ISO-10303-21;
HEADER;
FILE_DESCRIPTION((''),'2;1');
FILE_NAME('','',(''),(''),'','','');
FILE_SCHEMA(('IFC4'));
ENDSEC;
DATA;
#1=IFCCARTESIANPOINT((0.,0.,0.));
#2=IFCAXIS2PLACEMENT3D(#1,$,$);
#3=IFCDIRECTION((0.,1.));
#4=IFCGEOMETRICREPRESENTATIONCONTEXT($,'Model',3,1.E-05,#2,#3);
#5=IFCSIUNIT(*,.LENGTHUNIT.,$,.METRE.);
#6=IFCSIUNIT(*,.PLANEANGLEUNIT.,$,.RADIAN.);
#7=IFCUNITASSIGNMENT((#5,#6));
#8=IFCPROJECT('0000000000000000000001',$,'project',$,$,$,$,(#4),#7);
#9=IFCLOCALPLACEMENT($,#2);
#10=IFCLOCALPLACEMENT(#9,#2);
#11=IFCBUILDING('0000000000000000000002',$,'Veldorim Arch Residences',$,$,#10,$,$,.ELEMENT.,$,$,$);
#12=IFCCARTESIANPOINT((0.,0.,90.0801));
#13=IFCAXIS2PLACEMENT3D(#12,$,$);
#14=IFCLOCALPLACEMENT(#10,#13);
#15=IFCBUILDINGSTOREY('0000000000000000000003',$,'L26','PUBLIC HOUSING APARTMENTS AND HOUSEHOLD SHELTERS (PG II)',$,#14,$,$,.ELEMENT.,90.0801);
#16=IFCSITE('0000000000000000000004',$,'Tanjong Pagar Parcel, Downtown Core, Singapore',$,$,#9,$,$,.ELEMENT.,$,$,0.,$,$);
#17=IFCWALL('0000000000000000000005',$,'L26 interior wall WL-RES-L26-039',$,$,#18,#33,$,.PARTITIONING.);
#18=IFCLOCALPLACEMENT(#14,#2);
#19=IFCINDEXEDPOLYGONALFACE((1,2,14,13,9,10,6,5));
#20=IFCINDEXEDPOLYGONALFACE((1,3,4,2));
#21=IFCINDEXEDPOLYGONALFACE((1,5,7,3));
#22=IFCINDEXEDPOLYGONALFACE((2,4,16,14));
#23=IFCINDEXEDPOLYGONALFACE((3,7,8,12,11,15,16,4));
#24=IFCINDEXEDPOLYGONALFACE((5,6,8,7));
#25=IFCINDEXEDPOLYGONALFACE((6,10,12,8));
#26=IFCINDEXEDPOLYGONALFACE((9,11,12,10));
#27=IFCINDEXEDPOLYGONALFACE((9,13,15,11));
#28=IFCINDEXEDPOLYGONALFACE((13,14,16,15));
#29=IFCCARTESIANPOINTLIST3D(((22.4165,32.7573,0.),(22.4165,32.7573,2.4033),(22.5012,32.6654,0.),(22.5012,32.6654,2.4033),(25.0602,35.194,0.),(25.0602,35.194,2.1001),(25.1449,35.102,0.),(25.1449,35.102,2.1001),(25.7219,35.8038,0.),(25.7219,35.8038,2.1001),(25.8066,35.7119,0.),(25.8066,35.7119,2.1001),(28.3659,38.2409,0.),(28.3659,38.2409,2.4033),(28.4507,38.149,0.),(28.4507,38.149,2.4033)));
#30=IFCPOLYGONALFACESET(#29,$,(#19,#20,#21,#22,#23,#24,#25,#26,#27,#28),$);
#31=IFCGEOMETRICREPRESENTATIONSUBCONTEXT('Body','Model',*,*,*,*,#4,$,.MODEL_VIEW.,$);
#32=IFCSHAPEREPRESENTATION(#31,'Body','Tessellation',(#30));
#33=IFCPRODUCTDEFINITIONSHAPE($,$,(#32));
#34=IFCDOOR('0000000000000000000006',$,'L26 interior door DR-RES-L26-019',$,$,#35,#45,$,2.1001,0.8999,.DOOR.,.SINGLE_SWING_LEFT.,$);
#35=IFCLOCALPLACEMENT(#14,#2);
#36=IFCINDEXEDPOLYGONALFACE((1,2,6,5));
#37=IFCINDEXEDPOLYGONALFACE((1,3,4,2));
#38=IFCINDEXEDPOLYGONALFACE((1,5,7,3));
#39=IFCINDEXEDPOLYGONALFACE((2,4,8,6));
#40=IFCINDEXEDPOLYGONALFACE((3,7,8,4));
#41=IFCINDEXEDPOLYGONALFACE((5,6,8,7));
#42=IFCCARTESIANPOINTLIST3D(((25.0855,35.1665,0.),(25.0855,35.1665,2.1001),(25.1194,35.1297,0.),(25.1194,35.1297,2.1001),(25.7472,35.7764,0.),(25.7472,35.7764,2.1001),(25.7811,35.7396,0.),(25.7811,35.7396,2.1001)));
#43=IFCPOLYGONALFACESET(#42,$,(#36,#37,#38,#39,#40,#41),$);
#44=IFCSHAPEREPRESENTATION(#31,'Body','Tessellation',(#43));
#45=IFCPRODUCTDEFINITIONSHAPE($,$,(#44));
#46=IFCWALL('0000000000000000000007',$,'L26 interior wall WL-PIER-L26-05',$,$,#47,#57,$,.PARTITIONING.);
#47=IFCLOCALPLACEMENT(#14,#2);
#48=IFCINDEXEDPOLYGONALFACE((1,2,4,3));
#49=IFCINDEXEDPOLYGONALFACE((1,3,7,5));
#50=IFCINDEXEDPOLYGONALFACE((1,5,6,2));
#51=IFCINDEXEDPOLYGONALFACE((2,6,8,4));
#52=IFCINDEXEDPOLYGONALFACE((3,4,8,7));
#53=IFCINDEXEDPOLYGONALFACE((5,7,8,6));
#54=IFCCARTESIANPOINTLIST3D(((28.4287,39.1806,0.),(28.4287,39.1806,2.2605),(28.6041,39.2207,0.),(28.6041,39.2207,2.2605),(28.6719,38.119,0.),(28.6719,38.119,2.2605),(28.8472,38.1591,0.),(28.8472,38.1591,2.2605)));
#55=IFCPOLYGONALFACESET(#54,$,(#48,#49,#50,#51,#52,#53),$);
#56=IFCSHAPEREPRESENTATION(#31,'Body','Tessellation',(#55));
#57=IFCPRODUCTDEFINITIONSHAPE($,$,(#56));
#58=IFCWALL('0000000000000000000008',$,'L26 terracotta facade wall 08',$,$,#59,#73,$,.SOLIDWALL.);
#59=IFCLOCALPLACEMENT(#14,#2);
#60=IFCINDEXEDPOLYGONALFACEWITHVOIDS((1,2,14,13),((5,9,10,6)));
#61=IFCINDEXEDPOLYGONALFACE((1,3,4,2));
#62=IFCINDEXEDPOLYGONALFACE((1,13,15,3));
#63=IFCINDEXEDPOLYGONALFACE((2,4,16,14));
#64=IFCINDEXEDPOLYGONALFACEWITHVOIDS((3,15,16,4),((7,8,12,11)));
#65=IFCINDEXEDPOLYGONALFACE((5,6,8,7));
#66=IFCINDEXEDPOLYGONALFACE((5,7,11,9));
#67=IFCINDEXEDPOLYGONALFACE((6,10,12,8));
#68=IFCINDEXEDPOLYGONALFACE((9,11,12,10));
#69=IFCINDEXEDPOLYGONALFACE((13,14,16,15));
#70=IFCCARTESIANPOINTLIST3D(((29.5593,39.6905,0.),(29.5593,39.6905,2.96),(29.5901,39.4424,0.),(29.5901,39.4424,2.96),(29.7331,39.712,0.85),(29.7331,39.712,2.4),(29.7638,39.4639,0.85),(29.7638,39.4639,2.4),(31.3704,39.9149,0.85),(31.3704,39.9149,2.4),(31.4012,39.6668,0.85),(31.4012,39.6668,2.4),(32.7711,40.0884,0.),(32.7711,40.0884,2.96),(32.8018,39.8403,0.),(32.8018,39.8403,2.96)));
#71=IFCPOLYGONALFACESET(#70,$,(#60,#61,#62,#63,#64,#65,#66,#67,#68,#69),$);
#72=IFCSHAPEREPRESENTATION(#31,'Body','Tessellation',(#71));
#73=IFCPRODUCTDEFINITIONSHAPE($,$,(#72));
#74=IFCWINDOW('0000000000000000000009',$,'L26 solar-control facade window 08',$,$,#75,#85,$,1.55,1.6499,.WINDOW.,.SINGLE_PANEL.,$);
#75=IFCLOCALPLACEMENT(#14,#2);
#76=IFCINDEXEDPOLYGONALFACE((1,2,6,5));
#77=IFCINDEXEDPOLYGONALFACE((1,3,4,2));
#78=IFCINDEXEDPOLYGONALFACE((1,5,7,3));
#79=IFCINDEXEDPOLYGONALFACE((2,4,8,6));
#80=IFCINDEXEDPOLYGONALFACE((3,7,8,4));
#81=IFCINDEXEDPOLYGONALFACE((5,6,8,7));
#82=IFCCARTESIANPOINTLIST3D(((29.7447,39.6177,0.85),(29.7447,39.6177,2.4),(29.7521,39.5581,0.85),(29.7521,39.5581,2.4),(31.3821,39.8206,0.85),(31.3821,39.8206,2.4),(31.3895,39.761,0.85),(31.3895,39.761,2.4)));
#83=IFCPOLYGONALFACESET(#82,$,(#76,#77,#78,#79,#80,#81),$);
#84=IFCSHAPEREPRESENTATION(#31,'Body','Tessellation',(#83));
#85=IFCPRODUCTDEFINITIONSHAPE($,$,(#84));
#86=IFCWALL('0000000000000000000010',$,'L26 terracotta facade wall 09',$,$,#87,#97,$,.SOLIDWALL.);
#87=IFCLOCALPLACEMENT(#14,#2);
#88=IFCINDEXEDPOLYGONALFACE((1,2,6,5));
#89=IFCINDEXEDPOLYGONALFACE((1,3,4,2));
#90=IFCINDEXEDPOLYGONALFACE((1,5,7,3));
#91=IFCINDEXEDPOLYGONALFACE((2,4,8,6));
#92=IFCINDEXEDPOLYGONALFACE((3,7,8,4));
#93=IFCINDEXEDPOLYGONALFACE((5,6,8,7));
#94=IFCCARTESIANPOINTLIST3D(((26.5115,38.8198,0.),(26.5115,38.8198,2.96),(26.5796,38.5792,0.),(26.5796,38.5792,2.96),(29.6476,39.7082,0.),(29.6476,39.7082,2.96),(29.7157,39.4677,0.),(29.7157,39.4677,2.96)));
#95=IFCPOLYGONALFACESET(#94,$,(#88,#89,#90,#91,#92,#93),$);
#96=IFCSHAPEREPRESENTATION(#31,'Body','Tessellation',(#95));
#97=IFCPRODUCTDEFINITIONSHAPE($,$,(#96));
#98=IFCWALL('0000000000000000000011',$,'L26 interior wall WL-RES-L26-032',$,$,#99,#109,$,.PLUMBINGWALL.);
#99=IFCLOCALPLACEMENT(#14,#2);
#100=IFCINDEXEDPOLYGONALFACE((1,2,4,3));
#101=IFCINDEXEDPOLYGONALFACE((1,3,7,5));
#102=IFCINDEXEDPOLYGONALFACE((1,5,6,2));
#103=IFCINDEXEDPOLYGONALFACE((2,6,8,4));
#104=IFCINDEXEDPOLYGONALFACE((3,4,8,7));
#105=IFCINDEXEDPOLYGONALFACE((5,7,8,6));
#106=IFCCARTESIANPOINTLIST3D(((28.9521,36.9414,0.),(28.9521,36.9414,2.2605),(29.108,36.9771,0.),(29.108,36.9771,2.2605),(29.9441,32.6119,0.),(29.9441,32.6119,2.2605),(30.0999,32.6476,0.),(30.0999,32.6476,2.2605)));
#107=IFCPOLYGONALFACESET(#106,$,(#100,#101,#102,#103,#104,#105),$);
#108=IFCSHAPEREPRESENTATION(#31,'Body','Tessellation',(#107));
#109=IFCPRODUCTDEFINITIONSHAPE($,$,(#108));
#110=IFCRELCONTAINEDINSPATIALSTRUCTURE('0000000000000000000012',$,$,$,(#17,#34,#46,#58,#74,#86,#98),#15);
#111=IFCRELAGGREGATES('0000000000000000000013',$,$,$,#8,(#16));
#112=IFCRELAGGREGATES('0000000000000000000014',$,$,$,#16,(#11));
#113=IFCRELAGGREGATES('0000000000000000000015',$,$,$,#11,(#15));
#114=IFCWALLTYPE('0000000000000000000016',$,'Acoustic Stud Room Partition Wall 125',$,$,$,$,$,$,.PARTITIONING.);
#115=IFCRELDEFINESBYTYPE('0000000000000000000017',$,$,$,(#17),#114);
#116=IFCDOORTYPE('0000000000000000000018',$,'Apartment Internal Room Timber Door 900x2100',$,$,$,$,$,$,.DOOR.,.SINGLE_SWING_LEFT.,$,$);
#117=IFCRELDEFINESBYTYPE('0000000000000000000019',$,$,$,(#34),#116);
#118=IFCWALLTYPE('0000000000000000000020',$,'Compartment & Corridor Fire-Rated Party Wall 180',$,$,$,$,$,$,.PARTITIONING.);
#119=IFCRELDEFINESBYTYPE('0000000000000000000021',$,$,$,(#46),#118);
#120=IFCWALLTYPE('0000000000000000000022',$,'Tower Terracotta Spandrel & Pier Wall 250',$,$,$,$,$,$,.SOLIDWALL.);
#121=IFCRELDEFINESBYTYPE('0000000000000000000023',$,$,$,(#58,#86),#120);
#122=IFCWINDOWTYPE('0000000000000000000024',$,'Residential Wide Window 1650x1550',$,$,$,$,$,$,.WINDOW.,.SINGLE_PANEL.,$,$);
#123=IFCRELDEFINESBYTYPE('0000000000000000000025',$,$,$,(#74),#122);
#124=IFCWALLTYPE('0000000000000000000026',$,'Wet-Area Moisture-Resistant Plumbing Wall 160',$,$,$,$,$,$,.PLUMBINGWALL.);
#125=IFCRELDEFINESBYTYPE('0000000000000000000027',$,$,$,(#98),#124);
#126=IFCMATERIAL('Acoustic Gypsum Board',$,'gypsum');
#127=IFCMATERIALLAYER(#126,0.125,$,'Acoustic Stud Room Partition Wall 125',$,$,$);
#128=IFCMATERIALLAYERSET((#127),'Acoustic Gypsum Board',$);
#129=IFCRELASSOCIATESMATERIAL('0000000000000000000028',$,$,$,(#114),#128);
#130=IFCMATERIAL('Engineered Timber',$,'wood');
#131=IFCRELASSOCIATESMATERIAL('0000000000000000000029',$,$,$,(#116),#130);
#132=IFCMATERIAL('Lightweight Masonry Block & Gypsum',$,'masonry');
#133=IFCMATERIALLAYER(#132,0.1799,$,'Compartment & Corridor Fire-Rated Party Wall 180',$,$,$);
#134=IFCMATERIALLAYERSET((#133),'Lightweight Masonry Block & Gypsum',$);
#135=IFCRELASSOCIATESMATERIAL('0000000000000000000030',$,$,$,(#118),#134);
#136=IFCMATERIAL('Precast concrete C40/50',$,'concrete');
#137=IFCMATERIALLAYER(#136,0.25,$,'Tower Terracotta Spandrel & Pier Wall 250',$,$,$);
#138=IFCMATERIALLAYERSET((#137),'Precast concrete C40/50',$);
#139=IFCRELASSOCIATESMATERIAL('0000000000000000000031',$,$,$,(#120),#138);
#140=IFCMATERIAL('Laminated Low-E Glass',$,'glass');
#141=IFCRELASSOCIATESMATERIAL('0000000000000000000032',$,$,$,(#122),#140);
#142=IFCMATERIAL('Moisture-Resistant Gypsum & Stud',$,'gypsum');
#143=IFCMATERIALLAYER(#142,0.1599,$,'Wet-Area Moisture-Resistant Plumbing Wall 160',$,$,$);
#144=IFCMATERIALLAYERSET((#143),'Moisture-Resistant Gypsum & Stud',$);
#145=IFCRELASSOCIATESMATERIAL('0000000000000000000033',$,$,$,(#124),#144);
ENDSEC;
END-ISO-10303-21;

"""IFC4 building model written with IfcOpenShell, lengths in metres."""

from ifc_helpers import new_model, si_unit, direction, frame, frame_2d, origin, place, context, subcontext, project, spatial, rectangle, extrude, material, layer, layer_set, type_object, element, fill, save


model = new_model("IFC4")

# Units and contexts
model_context = context("Model", 3, precision=1e-05, world=origin(), true_north=direction((0.0, 1.0)))
body_context = subcontext(model_context, "Body", "Model", "MODEL_VIEW")
ifc_project = project(units=[si_unit("LENGTHUNIT", "METRE"), si_unit("PLANEANGLEUNIT", "RADIAN")], contexts=[model_context])

# Site, building, storey
site_placement = place(None, origin())
site = spatial("IfcSite", under=ifc_project, at=site_placement, Name="Tanjong Pagar Parcel, Downtown Core, Singapore", CompositionType="ELEMENT", RefElevation=0.0)
building_placement = place(site_placement, origin())
building = spatial("IfcBuilding", under=site, at=building_placement, Name="Veldorim Arch Residences", CompositionType="ELEMENT")
storey_placement = place(building_placement, frame((0.0, 0.0, 90.0801)))
storey = spatial("IfcBuildingStorey", under=building, at=storey_placement, Name="L26", Description="PUBLIC HOUSING APARTMENTS AND HOUSEHOLD SHELTERS (PG II)", CompositionType="ELEMENT", Elevation=90.0801)

# Wall, opening, door
ifc_material_1 = material(Name="Acoustic Gypsum Board", Category="gypsum")
ifc_layer_1 = layer(ifc_material_1, 0.125, Name="Acoustic Stud Room Partition Wall 125")
ifc_layer_set_1 = layer_set([ifc_layer_1], Name="Acoustic Gypsum Board")
wall_type_1 = type_object("IfcWallType", Name="Acoustic Stud Room Partition Wall 125", PredefinedType="PARTITIONING", material=ifc_layer_set_1)
wall_1_placement = place(storey_placement, frame((28.4082, 38.1948, 0.0), z_axis=(0.0, 0.0, 1.0), x_axis=(-0.735306, -0.677735, 0.0)))
wall_1 = element("IfcWall", 1, at=wall_1_placement, inside=storey, type_object=wall_type_1, Name="L26 interior wall WL-RES-L26-039", PredefinedType="PARTITIONING", context=body_context, shape_type="SweptSolid", body=[
    extrude(rectangle(XDim=8.0911, YDim=0.125, at=frame_2d((4.0454, 0.0))), origin(), (0.0, 0.0, 1.0), 2.4033),
])
opening_1_placement = place(wall_1_placement, frame((3.5957, 0.0, 0.0)))
opening_1 = element("IfcOpeningElement", 2, at=opening_1_placement, cuts=wall_1, PredefinedType="OPENING", context=body_context, shape_type="SweptSolid", body=[
    extrude(rectangle(XDim=0.8999, YDim=2.1001, at=frame_2d((0.45, 1.05))), frame((0.0, 0.0725, 0.0), z_axis=(0.0, -1.0, 0.0), x_axis=(1.0, 0.0, 0.0)), (0.0, 0.0, 1.0), 0.145),
])
ifc_material_2 = material(Name="Engineered Timber", Category="wood")
door_type = type_object("IfcDoorType", Name="Apartment Internal Room Timber Door 900x2100", OperationType="SINGLE_SWING_LEFT", PredefinedType="DOOR", material=ifc_material_2)
door_placement = place(opening_1_placement, origin())
door = element("IfcDoor", 3, at=door_placement, inside=storey, type_object=door_type, Name="L26 interior door DR-RES-L26-019", OperationType="SINGLE_SWING_LEFT", OverallHeight=2.1001, OverallWidth=0.8999, PredefinedType="DOOR", context=body_context, shape_type="SweptSolid", body=[
    extrude(rectangle(XDim=0.8999, YDim=2.1001, at=frame_2d((0.45, 1.05))), frame((0.0, 0.0249, 0.0), z_axis=(0.0, -1.0, 0.0), x_axis=(1.0, 0.0, 0.0)), (0.0, 0.0, 1.0), 0.05),
])
fill(opening_1, door)

# Wall
ifc_material_3 = material(Name="Lightweight Masonry Block & Gypsum", Category="masonry")
ifc_layer_2 = layer(ifc_material_3, 0.1799, Name="Compartment & Corridor Fire-Rated Party Wall 180")
ifc_layer_set_2 = layer_set([ifc_layer_2], Name="Lightweight Masonry Block & Gypsum")
wall_type_2 = type_object("IfcWallType", Name="Compartment & Corridor Fire-Rated Party Wall 180", PredefinedType="PARTITIONING", material=ifc_layer_set_2)
wall_2_placement = place(storey_placement, frame((28.7595, 38.1392, 0.0), z_axis=(0.0, 0.0, 1.0), x_axis=(-0.223287, 0.974753, 0.0)))
element("IfcWall", 4, at=wall_2_placement, inside=storey, type_object=wall_type_2, Name="L26 interior wall WL-PIER-L26-05", PredefinedType="PARTITIONING", context=body_context, shape_type="SweptSolid", body=[
    extrude(rectangle(XDim=1.0891, YDim=0.1799, at=frame_2d((0.5444, 0.0))), origin(), (0.0, 0.0, 1.0), 2.2605),
])

# Wall, opening, window
ifc_material_4 = material(Name="Precast concrete C40/50", Category="concrete")
ifc_layer_3 = layer(ifc_material_4, 0.25, Name="Tower Terracotta Spandrel & Pier Wall 250")
ifc_layer_set_3 = layer_set([ifc_layer_3], Name="Precast concrete C40/50")
wall_type_3 = type_object("IfcWallType", Name="Tower Terracotta Spandrel & Pier Wall 250", PredefinedType="SOLIDWALL", material=ifc_layer_set_3)
wall_3_placement = place(storey_placement, frame((29.5747, 39.5664, 0.0), z_axis=(0.0, 0.0, 1.0), x_axis=(0.992411, 0.122967, 0.0)))
wall_3 = element("IfcWall", 5, at=wall_3_placement, inside=storey, type_object=wall_type_3, Name="L26 terracotta facade wall 08", PredefinedType="SOLIDWALL", context=body_context, shape_type="SweptSolid", body=[
    extrude(rectangle(XDim=3.2363, YDim=0.25, at=frame_2d((1.6182, 0.0))), origin(), (0.0, 0.0, 1.0), 2.96),
])
opening_2_placement = place(wall_3_placement, frame((0.175, 0.0, 0.8501)))
opening_2 = element("IfcOpeningElement", 6, at=opening_2_placement, cuts=wall_3, PredefinedType="OPENING", context=body_context, shape_type="SweptSolid", body=[
    extrude(rectangle(XDim=1.6499, YDim=1.55, at=frame_2d((0.825, 0.7749))), frame((0.0, 0.135, 0.0), z_axis=(0.0, -1.0, 0.0), x_axis=(1.0, 0.0, 0.0)), (0.0, 0.0, 1.0), 0.27),
])
ifc_material_5 = material(Name="Laminated Low-E Glass", Category="glass")
window_type = type_object("IfcWindowType", Name="Residential Wide Window 1650x1550", PartitioningType="SINGLE_PANEL", PredefinedType="WINDOW", material=ifc_material_5)
window_placement = place(opening_2_placement, origin())
window = element("IfcWindow", 7, at=window_placement, inside=storey, type_object=window_type, Name="L26 solar-control facade window 08", OverallHeight=1.55, OverallWidth=1.6499, PartitioningType="SINGLE_PANEL", PredefinedType="WINDOW", context=body_context, shape_type="SweptSolid", body=[
    extrude(rectangle(XDim=1.6499, YDim=1.55, at=frame_2d((0.825, 0.7749))), frame((0.0, 0.03, 0.0), z_axis=(0.0, -1.0, 0.0), x_axis=(1.0, 0.0, 0.0)), (0.0, 0.0, 1.0), 0.0601),
])
fill(opening_2, window)

# Walls
wall_4_placement = place(storey_placement, frame((26.5454, 38.6995, 0.0), z_axis=(0.0, 0.0, 1.0), x_axis=(0.962135, 0.272574, 0.0)))
element("IfcWall", 8, at=wall_4_placement, inside=storey, type_object=wall_type_3, Name="L26 terracotta facade wall 09", PredefinedType="SOLIDWALL", context=body_context, shape_type="SweptSolid", body=[
    extrude(rectangle(XDim=3.2595, YDim=0.25, at=frame_2d((1.6299, 0.0))), origin(), (0.0, 0.0, 1.0), 2.96),
])
ifc_material_6 = material(Name="Moisture-Resistant Gypsum & Stud", Category="gypsum")
ifc_layer_4 = layer(ifc_material_6, 0.1599, Name="Wet-Area Moisture-Resistant Plumbing Wall 160")
ifc_layer_set_4 = layer_set([ifc_layer_4], Name="Moisture-Resistant Gypsum & Stud")
wall_type_4 = type_object("IfcWallType", Name="Wet-Area Moisture-Resistant Plumbing Wall 160", PredefinedType="PLUMBINGWALL", material=ifc_layer_set_4)
wall_5_placement = place(storey_placement, frame((30.022, 32.6299, 0.0), z_axis=(0.0, 0.0, 1.0), x_axis=(-0.223322, 0.974745, 0.0)))
element("IfcWall", 9, at=wall_5_placement, inside=storey, type_object=wall_type_4, Name="L26 interior wall WL-RES-L26-032", PredefinedType="PLUMBINGWALL", context=body_context, shape_type="SweptSolid", body=[
    extrude(rectangle(XDim=4.4417, YDim=0.1599, at=frame_2d((2.2207, 0.0))), origin(), (0.0, 0.0, 1.0), 2.2605),
])

save(model, "model.ifc")
